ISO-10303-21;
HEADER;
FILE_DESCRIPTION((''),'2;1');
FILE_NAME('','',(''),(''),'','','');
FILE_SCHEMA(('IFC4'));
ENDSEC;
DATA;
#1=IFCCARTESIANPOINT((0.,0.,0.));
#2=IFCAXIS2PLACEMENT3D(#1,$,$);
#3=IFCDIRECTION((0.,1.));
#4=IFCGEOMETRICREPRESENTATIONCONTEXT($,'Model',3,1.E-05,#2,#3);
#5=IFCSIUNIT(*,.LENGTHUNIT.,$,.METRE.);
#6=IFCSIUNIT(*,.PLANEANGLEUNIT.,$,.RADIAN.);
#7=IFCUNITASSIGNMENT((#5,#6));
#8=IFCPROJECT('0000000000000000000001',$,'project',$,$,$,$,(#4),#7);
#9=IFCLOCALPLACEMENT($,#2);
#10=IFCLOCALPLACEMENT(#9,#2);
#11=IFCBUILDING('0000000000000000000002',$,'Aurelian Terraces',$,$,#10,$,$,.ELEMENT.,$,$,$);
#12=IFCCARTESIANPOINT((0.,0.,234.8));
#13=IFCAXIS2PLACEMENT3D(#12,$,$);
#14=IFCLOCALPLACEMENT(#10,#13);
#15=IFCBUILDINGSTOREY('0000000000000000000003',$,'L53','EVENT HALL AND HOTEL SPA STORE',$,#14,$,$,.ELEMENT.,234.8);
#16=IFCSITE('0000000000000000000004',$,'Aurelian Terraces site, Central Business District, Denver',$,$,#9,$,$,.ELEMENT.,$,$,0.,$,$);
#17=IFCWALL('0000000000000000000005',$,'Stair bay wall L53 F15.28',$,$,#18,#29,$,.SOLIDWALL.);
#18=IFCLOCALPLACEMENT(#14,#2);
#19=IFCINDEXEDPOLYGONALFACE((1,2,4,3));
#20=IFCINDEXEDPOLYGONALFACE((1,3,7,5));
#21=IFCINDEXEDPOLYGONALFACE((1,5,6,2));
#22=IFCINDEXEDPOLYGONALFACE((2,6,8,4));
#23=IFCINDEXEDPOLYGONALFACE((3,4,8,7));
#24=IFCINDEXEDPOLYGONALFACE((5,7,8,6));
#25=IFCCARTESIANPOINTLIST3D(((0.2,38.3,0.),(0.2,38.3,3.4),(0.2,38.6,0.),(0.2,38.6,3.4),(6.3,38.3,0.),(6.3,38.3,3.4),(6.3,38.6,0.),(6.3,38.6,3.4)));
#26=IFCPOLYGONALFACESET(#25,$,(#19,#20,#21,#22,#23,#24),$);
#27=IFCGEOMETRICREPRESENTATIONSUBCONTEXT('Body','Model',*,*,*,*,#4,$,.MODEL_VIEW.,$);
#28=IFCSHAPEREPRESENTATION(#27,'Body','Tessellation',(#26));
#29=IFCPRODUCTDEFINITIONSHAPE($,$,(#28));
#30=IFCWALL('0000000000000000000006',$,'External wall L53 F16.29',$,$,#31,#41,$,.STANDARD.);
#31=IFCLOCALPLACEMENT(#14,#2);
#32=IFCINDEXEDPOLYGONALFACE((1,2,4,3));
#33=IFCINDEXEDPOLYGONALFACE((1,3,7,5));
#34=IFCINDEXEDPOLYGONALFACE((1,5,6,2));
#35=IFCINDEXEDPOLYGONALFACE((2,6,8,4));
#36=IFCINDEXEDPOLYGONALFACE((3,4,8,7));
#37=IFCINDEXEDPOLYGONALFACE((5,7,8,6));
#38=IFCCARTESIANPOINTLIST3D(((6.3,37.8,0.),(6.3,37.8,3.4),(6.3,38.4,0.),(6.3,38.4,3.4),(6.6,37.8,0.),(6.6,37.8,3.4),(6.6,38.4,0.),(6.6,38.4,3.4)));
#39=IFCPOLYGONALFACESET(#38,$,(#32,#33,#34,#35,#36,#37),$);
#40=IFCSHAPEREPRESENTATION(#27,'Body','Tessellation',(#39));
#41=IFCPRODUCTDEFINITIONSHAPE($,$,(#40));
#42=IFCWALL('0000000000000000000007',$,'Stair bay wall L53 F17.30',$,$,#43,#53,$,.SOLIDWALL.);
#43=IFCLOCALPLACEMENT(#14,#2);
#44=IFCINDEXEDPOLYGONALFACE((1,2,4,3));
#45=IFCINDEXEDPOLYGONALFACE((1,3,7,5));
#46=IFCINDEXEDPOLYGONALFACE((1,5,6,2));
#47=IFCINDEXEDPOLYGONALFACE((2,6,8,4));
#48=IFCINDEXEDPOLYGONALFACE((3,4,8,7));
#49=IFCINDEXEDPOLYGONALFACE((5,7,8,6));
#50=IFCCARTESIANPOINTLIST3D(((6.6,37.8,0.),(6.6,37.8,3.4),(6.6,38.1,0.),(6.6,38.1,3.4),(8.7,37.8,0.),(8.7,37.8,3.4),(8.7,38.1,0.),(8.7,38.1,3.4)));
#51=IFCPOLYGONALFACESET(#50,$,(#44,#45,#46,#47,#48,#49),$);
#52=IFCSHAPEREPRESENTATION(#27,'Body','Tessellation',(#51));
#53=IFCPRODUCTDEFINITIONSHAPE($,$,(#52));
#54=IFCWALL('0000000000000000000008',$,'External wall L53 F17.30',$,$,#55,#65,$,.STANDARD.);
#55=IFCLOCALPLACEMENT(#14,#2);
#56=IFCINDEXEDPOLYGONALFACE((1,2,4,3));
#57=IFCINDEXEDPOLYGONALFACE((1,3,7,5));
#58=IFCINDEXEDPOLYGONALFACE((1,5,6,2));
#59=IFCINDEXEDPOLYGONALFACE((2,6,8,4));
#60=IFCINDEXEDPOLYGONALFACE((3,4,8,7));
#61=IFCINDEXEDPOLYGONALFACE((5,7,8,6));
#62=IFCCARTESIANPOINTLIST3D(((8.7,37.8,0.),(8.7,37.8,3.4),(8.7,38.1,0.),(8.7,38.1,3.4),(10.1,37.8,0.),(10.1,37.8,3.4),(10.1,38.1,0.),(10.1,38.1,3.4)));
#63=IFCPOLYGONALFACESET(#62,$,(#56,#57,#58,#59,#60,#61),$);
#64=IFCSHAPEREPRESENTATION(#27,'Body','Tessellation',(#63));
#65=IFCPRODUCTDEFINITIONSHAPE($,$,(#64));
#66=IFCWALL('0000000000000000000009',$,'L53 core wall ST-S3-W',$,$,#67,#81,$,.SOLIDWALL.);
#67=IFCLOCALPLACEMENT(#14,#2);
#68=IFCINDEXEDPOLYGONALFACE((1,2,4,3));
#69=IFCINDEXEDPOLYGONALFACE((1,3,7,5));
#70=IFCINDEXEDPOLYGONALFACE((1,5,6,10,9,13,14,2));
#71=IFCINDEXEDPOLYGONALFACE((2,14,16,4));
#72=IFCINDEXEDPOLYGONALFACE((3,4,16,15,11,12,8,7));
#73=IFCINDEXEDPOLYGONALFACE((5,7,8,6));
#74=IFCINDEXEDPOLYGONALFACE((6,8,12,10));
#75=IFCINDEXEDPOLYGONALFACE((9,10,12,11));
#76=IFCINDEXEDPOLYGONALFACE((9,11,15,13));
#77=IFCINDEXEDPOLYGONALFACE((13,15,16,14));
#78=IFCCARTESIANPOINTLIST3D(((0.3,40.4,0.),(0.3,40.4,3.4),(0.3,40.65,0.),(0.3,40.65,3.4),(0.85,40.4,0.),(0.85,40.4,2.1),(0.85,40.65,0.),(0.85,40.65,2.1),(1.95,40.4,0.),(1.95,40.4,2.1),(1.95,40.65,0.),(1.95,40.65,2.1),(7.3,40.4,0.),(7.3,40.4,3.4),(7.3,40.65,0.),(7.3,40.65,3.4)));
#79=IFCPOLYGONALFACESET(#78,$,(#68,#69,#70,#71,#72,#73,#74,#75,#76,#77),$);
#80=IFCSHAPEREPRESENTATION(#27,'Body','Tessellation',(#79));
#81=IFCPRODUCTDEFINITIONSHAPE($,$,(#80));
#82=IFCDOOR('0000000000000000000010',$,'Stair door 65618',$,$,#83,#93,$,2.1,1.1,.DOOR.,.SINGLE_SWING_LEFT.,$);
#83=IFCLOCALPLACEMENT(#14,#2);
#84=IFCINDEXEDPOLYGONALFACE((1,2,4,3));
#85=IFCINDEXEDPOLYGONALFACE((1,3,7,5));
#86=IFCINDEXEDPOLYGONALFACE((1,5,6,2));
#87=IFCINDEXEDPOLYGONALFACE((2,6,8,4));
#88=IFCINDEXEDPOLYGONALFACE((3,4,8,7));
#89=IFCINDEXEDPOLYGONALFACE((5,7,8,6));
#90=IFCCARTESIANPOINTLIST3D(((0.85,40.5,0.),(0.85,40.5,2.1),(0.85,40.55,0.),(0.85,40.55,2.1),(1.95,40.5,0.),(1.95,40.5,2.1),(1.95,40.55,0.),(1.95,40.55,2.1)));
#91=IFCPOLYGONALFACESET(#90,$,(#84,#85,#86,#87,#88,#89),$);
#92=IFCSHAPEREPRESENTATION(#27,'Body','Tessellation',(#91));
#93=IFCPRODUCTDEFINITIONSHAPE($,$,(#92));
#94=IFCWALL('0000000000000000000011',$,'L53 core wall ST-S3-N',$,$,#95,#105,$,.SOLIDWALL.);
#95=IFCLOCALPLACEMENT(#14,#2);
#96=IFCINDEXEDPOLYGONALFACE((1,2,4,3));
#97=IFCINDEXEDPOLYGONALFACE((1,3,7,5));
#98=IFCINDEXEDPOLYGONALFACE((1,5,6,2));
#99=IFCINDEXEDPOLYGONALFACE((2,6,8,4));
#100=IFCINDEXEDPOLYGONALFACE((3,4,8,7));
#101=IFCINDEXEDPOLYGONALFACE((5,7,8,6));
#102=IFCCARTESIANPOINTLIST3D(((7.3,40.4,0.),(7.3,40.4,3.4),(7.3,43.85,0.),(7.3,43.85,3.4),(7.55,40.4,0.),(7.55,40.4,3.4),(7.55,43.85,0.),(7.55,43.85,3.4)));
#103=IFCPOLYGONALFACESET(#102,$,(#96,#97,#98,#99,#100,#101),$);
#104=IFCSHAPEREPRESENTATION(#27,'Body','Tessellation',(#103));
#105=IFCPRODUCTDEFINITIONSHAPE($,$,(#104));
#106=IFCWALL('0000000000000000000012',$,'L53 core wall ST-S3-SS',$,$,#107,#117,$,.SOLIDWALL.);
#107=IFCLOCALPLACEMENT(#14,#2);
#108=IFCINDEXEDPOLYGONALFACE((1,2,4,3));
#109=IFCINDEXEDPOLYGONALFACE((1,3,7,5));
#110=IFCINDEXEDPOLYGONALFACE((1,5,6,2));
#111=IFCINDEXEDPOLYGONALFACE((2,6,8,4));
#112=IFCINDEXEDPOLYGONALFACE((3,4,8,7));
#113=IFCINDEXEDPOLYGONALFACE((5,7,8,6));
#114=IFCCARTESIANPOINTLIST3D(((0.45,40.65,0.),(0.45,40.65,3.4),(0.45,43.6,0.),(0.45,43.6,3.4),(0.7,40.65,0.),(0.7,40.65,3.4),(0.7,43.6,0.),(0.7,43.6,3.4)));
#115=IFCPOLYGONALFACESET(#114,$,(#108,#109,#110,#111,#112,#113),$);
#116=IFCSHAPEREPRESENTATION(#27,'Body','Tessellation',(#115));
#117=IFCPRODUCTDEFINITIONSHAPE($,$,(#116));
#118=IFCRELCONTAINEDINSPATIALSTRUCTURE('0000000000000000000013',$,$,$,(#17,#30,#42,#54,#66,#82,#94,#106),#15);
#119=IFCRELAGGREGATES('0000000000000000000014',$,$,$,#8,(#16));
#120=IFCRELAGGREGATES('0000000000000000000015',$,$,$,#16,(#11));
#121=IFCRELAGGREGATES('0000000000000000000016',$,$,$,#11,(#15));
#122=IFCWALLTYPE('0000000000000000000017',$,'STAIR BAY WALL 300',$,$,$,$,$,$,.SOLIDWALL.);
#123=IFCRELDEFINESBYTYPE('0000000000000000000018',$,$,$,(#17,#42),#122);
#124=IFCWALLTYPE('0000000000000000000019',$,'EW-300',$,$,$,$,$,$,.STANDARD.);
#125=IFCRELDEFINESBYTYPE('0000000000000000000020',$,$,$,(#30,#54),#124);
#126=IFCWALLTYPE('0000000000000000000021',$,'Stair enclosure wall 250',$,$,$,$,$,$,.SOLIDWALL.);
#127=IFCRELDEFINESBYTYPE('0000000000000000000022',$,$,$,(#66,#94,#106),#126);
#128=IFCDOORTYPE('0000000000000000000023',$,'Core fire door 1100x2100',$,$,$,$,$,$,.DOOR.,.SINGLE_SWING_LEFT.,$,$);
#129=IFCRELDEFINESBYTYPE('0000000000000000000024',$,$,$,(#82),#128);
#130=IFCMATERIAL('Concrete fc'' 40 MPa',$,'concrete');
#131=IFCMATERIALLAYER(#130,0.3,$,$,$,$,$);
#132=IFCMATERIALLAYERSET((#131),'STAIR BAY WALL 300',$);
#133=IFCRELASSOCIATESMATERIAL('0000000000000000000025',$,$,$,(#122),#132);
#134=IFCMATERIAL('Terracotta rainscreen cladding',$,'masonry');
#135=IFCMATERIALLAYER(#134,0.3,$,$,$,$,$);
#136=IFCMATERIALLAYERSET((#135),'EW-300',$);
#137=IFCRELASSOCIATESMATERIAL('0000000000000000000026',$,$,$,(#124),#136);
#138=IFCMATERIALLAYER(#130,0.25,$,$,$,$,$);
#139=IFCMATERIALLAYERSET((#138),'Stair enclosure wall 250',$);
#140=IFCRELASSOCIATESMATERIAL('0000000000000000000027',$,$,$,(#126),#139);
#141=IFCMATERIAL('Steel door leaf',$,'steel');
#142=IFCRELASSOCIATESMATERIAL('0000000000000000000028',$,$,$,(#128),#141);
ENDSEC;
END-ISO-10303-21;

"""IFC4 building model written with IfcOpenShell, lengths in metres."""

from ifc_helpers import new_model, si_unit, direction, frame, frame_2d, origin, place, context, subcontext, project, spatial, rectangle, extrude, source, transform, mapped, material, layer, layer_set, type_object, element, fill, save


model = new_model("IFC4")

# Units and contexts
model_context = context("Model", 3, precision=1e-05, world=origin(), true_north=direction((0.0, 1.0)))
body_context = subcontext(model_context, "Body", "Model", "MODEL_VIEW")
ifc_project = project(units=[si_unit("LENGTHUNIT", "METRE"), si_unit("PLANEANGLEUNIT", "RADIAN")], contexts=[model_context])

# Site, building, storey
site_placement = place(None, origin())
site = spatial("IfcSite", under=ifc_project, at=site_placement, Name="Aurelian Terraces site, Central Business District, Denver", CompositionType="ELEMENT", RefElevation=0.0)
building_placement = place(site_placement, origin())
building = spatial("IfcBuilding", under=site, at=building_placement, Name="Aurelian Terraces", CompositionType="ELEMENT")
storey_placement = place(building_placement, frame((0.0, 0.0, 234.8)))
storey = spatial("IfcBuildingStorey", under=building, at=storey_placement, Name="L53", Description="EVENT HALL AND HOTEL SPA STORE", CompositionType="ELEMENT", Elevation=234.8)

# Walls
ifc_material_1 = material(Name="Concrete fc' 40 MPa", Category="concrete")
ifc_layer_1 = layer(ifc_material_1, 0.3)
ifc_layer_set_1 = layer_set([ifc_layer_1], Name="STAIR BAY WALL 300")
wall_type_1 = type_object("IfcWallType", Name="STAIR BAY WALL 300", PredefinedType="SOLIDWALL", material=ifc_layer_set_1)
shared_shape_1 = source(origin(), body_context, "Body", "SweptSolid", [
    extrude(rectangle(XDim=6.1, YDim=0.3, at=frame_2d((3.05, 0.0))), origin(), (0.0, 0.0, 1.0), 3.4),
])
wall_1_placement = place(storey_placement, frame((0.2, 38.45, 0.0), z_axis=(0.0, 0.0, 1.0), x_axis=(1.0, 0.0, 0.0)))
element("IfcWall", 1, at=wall_1_placement, inside=storey, type_object=wall_type_1, Name="Stair bay wall L53 F15.28", PredefinedType="SOLIDWALL", context=body_context, shape_type="MappedRepresentation", body=[
    mapped(shared_shape_1, transform((0.0, 0.0, 0.0), scale=1.0)),
])
ifc_material_2 = material(Name="Terracotta rainscreen cladding", Category="masonry")
ifc_layer_2 = layer(ifc_material_2, 0.3)
ifc_layer_set_2 = layer_set([ifc_layer_2], Name="EW-300")
wall_type_2 = type_object("IfcWallType", Name="EW-300", PredefinedType="STANDARD", material=ifc_layer_set_2)
shared_shape_2 = source(origin(), body_context, "Body", "SweptSolid", [
    extrude(rectangle(XDim=0.6, YDim=0.3, at=frame_2d((0.3, 0.0))), origin(), (0.0, 0.0, 1.0), 3.4),
])
wall_2_placement = place(storey_placement, frame((6.45, 38.4, 0.0), z_axis=(0.0, 0.0, 1.0), x_axis=(0.0, -1.0, 0.0)))
element("IfcWall", 2, at=wall_2_placement, inside=storey, type_object=wall_type_2, Name="External wall L53 F16.29", PredefinedType="STANDARD", context=body_context, shape_type="MappedRepresentation", body=[
    mapped(shared_shape_2, transform((0.0, 0.0, 0.0), scale=1.0)),
])
shared_shape_3 = source(origin(), body_context, "Body", "SweptSolid", [
    extrude(rectangle(XDim=2.1, YDim=0.3, at=frame_2d((1.05, 0.0))), origin(), (0.0, 0.0, 1.0), 3.4),
])
wall_3_placement = place(storey_placement, frame((6.6, 37.95, 0.0), z_axis=(0.0, 0.0, 1.0), x_axis=(1.0, 0.0, 0.0)))
element("IfcWall", 3, at=wall_3_placement, inside=storey, type_object=wall_type_1, Name="Stair bay wall L53 F17.30", PredefinedType="SOLIDWALL", context=body_context, shape_type="MappedRepresentation", body=[
    mapped(shared_shape_3, transform((0.0, 0.0, 0.0), scale=1.0)),
])
shared_shape_4 = source(origin(), body_context, "Body", "SweptSolid", [
    extrude(rectangle(XDim=1.4, YDim=0.3, at=frame_2d((0.7, 0.0))), origin(), (0.0, 0.0, 1.0), 3.4),
])
wall_4_placement = place(storey_placement, frame((8.7, 37.95, 0.0), z_axis=(0.0, 0.0, 1.0), x_axis=(1.0, 0.0, 0.0)))
element("IfcWall", 4, at=wall_4_placement, inside=storey, type_object=wall_type_2, Name="External wall L53 F17.30", PredefinedType="STANDARD", context=body_context, shape_type="MappedRepresentation", body=[
    mapped(shared_shape_4, transform((0.0, 0.0, 0.0), scale=1.0)),
])

# Wall, opening, door
ifc_layer_3 = layer(ifc_material_1, 0.25)
ifc_layer_set_3 = layer_set([ifc_layer_3], Name="Stair enclosure wall 250")
wall_type_3 = type_object("IfcWallType", Name="Stair enclosure wall 250", PredefinedType="SOLIDWALL", material=ifc_layer_set_3)
shared_shape_5 = source(origin(), body_context, "Body", "SweptSolid", [
    extrude(rectangle(XDim=7.0, YDim=0.25, at=frame_2d((3.5, 0.0))), origin(), (0.0, 0.0, 1.0), 3.4),
])
wall_5_placement = place(storey_placement, frame((0.3, 40.525, 0.0), z_axis=(0.0, 0.0, 1.0), x_axis=(1.0, 0.0, 0.0)))
wall_5 = element("IfcWall", 5, at=wall_5_placement, inside=storey, type_object=wall_type_3, Name="L53 core wall ST-S3-W", PredefinedType="SOLIDWALL", context=body_context, shape_type="MappedRepresentation", body=[
    mapped(shared_shape_5, transform((0.0, 0.0, 0.0), scale=1.0)),
])
shared_shape_6 = source(origin(), body_context, "Body", "SweptSolid", [
    extrude(rectangle(XDim=1.1, YDim=2.1, at=frame_2d((0.55, 1.05))), frame((0.0, 0.135, 0.0), z_axis=(0.0, -1.0, 0.0), x_axis=(1.0, 0.0, 0.0)), (0.0, 0.0, 1.0), 0.27),
])
opening_1_placement = place(wall_5_placement, frame((0.55, 0.0, 0.0)))
opening_1 = element("IfcOpeningElement", 6, at=opening_1_placement, cuts=wall_5, PredefinedType="OPENING", context=body_context, shape_type="MappedRepresentation", body=[
    mapped(shared_shape_6, transform((0.0, 0.0, 0.0), scale=1.0)),
])
ifc_material_3 = material(Name="Steel door leaf", Category="steel")
door_type_1 = type_object("IfcDoorType", Name="Core fire door 1100x2100", OperationType="SINGLE_SWING_LEFT", PredefinedType="DOOR", material=ifc_material_3)
shared_shape_7 = source(origin(), body_context, "Body", "SweptSolid", [
    extrude(rectangle(XDim=1.1, YDim=2.1, at=frame_2d((0.55, 1.05))), frame((0.0, 0.025, 0.0), z_axis=(0.0, -1.0, 0.0), x_axis=(1.0, 0.0, 0.0)), (0.0, 0.0, 1.0), 0.05),
])
door_1_placement = place(opening_1_placement, origin())
door_1 = element("IfcDoor", 7, at=door_1_placement, inside=storey, type_object=door_type_1, Name="Stair door 65618", OperationType="SINGLE_SWING_LEFT", OverallHeight=2.1, OverallWidth=1.1, PredefinedType="DOOR", context=body_context, shape_type="MappedRepresentation", body=[
    mapped(shared_shape_7, transform((0.0, 0.0, 0.0), scale=1.0)),
])
fill(opening_1, door_1)

# Walls
shared_shape_8 = source(origin(), body_context, "Body", "SweptSolid", [
    extrude(rectangle(XDim=3.45, YDim=0.25, at=frame_2d((1.725, 0.0))), origin(), (0.0, 0.0, 1.0), 3.4),
])
wall_6_placement = place(storey_placement, frame((7.425, 40.4, 0.0), z_axis=(0.0, 0.0, 1.0), x_axis=(0.0, 1.0, 0.0)))
element("IfcWall", 8, at=wall_6_placement, inside=storey, type_object=wall_type_3, Name="L53 core wall ST-S3-N", PredefinedType="SOLIDWALL", context=body_context, shape_type="MappedRepresentation", body=[
    mapped(shared_shape_8, transform((0.0, 0.0, 0.0), scale=1.0)),
])
shared_shape_9 = source(origin(), body_context, "Body", "SweptSolid", [
    extrude(rectangle(XDim=2.95, YDim=0.25, at=frame_2d((1.475, 0.0))), origin(), (0.0, 0.0, 1.0), 3.4),
])
wall_7_placement = place(storey_placement, frame((0.575, 40.65, 0.0), z_axis=(0.0, 0.0, 1.0), x_axis=(0.0, 1.0, 0.0)))
element("IfcWall", 9, at=wall_7_placement, inside=storey, type_object=wall_type_3, Name="L53 core wall ST-S3-SS", PredefinedType="SOLIDWALL", context=body_context, shape_type="MappedRepresentation", body=[
    mapped(shared_shape_9, transform((0.0, 0.0, 0.0), scale=1.0)),
])

save(model, "model.ifc")
